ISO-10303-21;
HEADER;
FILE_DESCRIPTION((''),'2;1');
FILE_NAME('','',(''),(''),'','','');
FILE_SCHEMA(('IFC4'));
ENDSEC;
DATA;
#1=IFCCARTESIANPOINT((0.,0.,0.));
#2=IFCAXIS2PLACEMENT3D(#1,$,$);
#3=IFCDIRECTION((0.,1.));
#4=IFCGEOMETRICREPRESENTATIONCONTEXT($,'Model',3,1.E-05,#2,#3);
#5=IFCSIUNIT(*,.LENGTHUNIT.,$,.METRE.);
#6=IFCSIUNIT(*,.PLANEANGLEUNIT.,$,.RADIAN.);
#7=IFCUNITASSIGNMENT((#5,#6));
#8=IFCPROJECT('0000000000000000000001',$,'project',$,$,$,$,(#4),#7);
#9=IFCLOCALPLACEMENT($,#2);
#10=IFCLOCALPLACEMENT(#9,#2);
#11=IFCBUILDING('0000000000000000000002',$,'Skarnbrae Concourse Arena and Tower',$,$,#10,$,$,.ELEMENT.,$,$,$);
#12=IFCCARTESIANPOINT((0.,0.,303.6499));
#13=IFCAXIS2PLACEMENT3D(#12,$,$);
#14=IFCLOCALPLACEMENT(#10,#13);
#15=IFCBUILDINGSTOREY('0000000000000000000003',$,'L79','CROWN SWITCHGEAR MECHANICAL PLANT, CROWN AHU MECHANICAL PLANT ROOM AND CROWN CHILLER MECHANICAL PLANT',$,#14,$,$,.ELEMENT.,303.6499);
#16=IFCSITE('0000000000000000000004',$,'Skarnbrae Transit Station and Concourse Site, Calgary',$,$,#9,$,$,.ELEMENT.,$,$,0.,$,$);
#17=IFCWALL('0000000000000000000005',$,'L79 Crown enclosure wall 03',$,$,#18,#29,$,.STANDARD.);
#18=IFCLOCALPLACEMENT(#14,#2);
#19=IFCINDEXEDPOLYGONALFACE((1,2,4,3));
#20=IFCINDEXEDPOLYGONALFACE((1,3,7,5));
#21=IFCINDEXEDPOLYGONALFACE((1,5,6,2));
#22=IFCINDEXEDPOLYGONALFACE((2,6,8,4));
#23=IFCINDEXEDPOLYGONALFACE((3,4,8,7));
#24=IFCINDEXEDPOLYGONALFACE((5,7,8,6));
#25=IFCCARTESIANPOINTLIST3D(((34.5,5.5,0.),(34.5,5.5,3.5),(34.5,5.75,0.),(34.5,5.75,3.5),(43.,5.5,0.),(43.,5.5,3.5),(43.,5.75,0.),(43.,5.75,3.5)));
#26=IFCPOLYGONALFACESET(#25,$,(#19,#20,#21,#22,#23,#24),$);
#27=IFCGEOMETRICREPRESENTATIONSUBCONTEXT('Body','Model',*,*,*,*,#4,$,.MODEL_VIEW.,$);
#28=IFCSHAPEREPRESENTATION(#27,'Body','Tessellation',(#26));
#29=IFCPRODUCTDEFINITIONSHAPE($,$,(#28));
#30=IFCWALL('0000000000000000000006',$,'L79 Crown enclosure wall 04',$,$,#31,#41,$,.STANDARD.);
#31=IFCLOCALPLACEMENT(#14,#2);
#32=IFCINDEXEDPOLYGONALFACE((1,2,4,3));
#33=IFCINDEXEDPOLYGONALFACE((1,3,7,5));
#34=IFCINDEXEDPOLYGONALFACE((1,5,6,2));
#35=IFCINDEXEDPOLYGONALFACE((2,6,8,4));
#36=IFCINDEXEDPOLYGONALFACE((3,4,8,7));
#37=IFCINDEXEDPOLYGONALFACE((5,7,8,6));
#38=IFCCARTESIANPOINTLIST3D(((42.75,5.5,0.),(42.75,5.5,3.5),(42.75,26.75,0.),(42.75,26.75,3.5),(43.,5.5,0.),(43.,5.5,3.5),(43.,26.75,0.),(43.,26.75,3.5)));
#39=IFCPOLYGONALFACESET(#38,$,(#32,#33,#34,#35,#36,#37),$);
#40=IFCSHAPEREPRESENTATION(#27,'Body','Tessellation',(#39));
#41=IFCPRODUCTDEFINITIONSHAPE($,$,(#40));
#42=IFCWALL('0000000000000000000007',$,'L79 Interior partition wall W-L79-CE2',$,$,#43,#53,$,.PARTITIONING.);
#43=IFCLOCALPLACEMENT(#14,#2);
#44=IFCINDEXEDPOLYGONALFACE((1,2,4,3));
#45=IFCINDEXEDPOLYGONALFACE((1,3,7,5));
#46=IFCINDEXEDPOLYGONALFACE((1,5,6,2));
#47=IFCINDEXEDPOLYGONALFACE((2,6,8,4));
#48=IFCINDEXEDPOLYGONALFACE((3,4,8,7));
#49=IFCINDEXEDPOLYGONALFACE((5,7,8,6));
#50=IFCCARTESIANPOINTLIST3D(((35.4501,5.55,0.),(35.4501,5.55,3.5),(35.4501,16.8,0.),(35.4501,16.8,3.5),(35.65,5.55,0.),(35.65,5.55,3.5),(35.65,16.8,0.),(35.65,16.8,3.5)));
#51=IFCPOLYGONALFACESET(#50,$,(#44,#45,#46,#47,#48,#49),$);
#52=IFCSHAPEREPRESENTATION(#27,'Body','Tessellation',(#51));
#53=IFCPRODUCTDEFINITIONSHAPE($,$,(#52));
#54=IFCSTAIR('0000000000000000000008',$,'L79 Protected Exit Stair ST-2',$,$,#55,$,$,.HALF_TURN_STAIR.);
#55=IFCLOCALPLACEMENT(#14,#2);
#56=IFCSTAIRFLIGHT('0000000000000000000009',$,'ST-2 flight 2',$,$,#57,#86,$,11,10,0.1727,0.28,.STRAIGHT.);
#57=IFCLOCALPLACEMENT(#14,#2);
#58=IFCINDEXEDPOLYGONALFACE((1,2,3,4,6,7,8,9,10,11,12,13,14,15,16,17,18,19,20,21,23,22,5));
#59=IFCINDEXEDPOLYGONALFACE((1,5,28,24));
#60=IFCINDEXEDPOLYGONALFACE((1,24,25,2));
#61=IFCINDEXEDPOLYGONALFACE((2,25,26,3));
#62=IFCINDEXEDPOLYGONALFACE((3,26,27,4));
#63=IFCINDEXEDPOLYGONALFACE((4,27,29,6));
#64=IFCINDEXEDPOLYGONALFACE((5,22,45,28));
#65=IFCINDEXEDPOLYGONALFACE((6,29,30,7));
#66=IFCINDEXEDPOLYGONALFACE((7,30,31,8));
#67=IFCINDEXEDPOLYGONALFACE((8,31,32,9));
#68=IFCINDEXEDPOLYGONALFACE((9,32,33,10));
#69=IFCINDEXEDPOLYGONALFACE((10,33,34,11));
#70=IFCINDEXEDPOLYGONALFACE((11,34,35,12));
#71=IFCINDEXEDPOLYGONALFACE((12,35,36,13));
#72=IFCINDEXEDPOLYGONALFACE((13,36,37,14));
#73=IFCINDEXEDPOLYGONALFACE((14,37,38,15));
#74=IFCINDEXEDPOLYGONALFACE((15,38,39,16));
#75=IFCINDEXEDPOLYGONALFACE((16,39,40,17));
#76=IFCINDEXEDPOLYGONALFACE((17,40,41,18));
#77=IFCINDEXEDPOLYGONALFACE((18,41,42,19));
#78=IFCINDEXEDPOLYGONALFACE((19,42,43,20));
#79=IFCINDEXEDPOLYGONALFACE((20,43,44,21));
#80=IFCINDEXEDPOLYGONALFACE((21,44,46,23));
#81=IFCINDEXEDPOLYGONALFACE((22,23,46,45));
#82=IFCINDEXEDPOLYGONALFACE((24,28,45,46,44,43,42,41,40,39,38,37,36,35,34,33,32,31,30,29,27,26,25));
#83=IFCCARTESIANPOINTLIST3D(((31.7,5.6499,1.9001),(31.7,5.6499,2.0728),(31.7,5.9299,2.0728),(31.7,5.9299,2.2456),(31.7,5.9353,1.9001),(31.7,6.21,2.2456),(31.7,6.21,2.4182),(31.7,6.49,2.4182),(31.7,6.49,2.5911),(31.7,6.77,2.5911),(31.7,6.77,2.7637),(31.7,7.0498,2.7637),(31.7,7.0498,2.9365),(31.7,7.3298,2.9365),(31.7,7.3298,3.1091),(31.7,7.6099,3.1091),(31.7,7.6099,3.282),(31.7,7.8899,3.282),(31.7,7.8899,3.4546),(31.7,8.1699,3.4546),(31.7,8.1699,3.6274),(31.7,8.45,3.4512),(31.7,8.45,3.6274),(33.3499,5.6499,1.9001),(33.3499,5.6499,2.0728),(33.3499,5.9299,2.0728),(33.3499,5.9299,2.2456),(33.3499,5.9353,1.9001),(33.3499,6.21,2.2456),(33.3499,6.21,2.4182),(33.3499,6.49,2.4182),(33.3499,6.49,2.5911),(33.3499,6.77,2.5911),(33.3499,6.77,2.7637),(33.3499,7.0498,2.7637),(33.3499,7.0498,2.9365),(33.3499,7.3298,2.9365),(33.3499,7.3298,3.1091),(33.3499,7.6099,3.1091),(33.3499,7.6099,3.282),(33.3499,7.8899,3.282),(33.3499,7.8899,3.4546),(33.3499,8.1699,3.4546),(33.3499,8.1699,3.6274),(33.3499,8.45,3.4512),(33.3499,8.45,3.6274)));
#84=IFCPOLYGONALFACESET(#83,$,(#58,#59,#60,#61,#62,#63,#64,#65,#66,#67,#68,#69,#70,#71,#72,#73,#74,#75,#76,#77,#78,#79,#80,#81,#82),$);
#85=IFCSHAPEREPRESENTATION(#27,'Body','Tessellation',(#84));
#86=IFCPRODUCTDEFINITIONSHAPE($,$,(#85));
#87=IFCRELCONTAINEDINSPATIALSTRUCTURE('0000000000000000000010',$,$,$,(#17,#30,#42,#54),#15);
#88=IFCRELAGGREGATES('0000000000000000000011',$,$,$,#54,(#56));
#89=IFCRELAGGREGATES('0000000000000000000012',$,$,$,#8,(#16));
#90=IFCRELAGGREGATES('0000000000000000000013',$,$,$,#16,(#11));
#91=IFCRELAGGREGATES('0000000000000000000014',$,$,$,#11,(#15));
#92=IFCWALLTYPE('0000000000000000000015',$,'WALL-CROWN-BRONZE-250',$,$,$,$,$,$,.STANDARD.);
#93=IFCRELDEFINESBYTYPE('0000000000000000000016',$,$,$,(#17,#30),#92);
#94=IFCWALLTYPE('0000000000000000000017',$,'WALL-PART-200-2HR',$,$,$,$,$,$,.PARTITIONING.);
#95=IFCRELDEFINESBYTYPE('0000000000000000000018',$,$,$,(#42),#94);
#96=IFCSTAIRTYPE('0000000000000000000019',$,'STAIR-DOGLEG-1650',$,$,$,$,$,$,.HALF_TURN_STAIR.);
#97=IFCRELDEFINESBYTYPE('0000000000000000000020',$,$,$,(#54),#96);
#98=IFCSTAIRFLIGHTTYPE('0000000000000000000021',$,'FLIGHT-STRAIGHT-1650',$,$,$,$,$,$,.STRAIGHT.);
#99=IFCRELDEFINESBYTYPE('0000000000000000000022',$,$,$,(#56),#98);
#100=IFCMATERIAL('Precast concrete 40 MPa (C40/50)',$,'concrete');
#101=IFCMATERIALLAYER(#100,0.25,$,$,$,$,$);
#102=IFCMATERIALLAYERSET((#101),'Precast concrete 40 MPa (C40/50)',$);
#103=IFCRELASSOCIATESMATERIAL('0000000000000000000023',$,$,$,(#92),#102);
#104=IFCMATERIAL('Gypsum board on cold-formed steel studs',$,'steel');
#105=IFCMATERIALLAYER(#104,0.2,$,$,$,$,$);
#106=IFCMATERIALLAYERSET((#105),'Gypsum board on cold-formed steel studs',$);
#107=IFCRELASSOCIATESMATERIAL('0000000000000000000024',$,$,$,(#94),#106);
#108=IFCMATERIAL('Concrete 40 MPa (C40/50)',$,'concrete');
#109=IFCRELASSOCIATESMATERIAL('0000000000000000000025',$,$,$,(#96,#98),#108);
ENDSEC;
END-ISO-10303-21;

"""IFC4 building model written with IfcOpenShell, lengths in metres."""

from ifc_helpers import new_model, si_unit, direction, frame, frame_2d, origin, place, context, subcontext, project, spatial, polyline, rectangle, outline, extrude, source, transform, mapped, material, layer, layer_set, type_object, element, aggregate, save


model = new_model("IFC4")

# Units and contexts
model_context = context("Model", 3, precision=1e-05, world=origin(), true_north=direction((0.0, 1.0)))
body_context = subcontext(model_context, "Body", "Model", "MODEL_VIEW")
ifc_project = project(units=[si_unit("LENGTHUNIT", "METRE"), si_unit("PLANEANGLEUNIT", "RADIAN")], contexts=[model_context])

# Site, building, storey
site_placement = place(None, origin())
site = spatial("IfcSite", under=ifc_project, at=site_placement, Name="Skarnbrae Transit Station and Concourse Site, Calgary", CompositionType="ELEMENT", RefElevation=0.0)
building_placement = place(site_placement, origin())
building = spatial("IfcBuilding", under=site, at=building_placement, Name="Skarnbrae Concourse Arena and Tower", CompositionType="ELEMENT")
storey_placement = place(building_placement, frame((0.0, 0.0, 303.6499)))
storey = spatial("IfcBuildingStorey", under=building, at=storey_placement, Name="L79", Description="CROWN SWITCHGEAR MECHANICAL PLANT, CROWN AHU MECHANICAL PLANT ROOM AND CROWN CHILLER MECHANICAL PLANT", CompositionType="ELEMENT", Elevation=303.6499)

# Walls
ifc_material_1 = material(Name="Precast concrete 40 MPa (C40/50)", Category="concrete")
ifc_layer_1 = layer(ifc_material_1, 0.25)
ifc_layer_set_1 = layer_set([ifc_layer_1], Name="Precast concrete 40 MPa (C40/50)")
wall_type_1 = type_object("IfcWallType", Name="WALL-CROWN-BRONZE-250", PredefinedType="STANDARD", material=ifc_layer_set_1)
shared_shape_1 = source(origin(), body_context, "Body", "SweptSolid", [
    extrude(rectangle(XDim=8.5, YDim=0.25, at=frame_2d((4.25, 0.0))), origin(), (0.0, 0.0, 1.0), 3.5),
])
wall_1_placement = place(storey_placement, frame((34.5, 5.625, 0.0), z_axis=(0.0, 0.0, 1.0), x_axis=(1.0, 0.0, 0.0)))
element("IfcWall", 1, at=wall_1_placement, inside=storey, type_object=wall_type_1, Name="L79 Crown enclosure wall 03", PredefinedType="STANDARD", context=body_context, shape_type="MappedRepresentation", body=[
    mapped(shared_shape_1, transform((0.0, 0.0, 0.0))),
])
shared_shape_2 = source(origin(), body_context, "Body", "SweptSolid", [
    extrude(rectangle(XDim=21.25, YDim=0.25, at=frame_2d((10.625, 0.0))), origin(), (0.0, 0.0, 1.0), 3.5),
])
wall_2_placement = place(storey_placement, frame((42.875, 5.5, 0.0), z_axis=(0.0, 0.0, 1.0), x_axis=(0.0, 1.0, 0.0)))
element("IfcWall", 2, at=wall_2_placement, inside=storey, type_object=wall_type_1, Name="L79 Crown enclosure wall 04", PredefinedType="STANDARD", context=body_context, shape_type="MappedRepresentation", body=[
    mapped(shared_shape_2, transform((0.0, 0.0, 0.0))),
])
ifc_material_2 = material(Name="Gypsum board on cold-formed steel studs", Category="steel")
ifc_layer_2 = layer(ifc_material_2, 0.2)
ifc_layer_set_2 = layer_set([ifc_layer_2], Name="Gypsum board on cold-formed steel studs")
wall_type_2 = type_object("IfcWallType", Name="WALL-PART-200-2HR", PredefinedType="PARTITIONING", material=ifc_layer_set_2)
shared_shape_3 = source(origin(), body_context, "Body", "SweptSolid", [
    extrude(rectangle(XDim=11.25, YDim=0.2, at=frame_2d((5.625, 0.0))), origin(), (0.0, 0.0, 1.0), 3.5),
])
wall_3_placement = place(storey_placement, frame((35.55, 5.55, 0.0), z_axis=(0.0, 0.0, 1.0), x_axis=(0.0, 1.0, 0.0)))
element("IfcWall", 3, at=wall_3_placement, inside=storey, type_object=wall_type_2, Name="L79 Interior partition wall W-L79-CE2", PredefinedType="PARTITIONING", context=body_context, shape_type="MappedRepresentation", body=[
    mapped(shared_shape_3, transform((0.0, 0.0, 0.0))),
])

# Stair, stair flight
ifc_material_3 = material(Name="Concrete 40 MPa (C40/50)", Category="concrete")
stair_type = type_object("IfcStairType", Name="STAIR-DOGLEG-1650", PredefinedType="HALF_TURN_STAIR", material=ifc_material_3)
stair_placement = place(storey_placement, origin())
stair = element("IfcStair", 4, at=stair_placement, inside=storey, type_object=stair_type, Name="L79 Protected Exit Stair ST-2", PredefinedType="HALF_TURN_STAIR")
stair_flight_type = type_object("IfcStairFlightType", Name="FLIGHT-STRAIGHT-1650", PredefinedType="STRAIGHT", material=ifc_material_3)
shared_shape_4 = source(origin(), body_context, "Body", "SweptSolid", [
    extrude(outline(polyline([(0.0, 0.0), (0.0, 0.1726), (0.28, 0.1726), (0.28, 0.3455), (0.5601, 0.3455), (0.5601, 0.5181), (0.8401, 0.5181), (0.8401, 0.6909), (1.1201, 0.6909), (1.1201, 0.8635), (1.3999, 0.8635), (1.3999, 1.0364), (1.6799, 1.0364), (1.6799, 1.209), (1.96, 1.209), (1.96, 1.3818), (2.24, 1.3818), (2.24, 1.5544), (2.52, 1.5544), (2.52, 1.7273), (2.8, 1.7273), (2.8, 1.8999), (2.8, 1.551), (0.2854, 0.0), (0.0, 0.0)])), frame((0.0, 0.825, 0.0), z_axis=(0.0, -1.0, 0.0), x_axis=(1.0, 0.0, 0.0)), (0.0, 0.0, 1.0), 1.6499),
])
stair_flight_placement = place(storey_placement, frame((32.5249, 5.6499, 1.9001), z_axis=(0.0, 0.0, 1.0), x_axis=(0.0, 1.0, 0.0)))
stair_flight = element("IfcStairFlight", 5, at=stair_flight_placement, type_object=stair_flight_type, Name="ST-2 flight 2", NumberOfRisers=11, NumberOfTreads=10, PredefinedType="STRAIGHT", RiserHeight=0.1727, TreadLength=0.28, context=body_context, shape_type="MappedRepresentation", body=[
    mapped(shared_shape_4, transform((0.0, 0.0, 0.0))),
])
aggregate(stair, [stair_flight])

save(model, "model.ifc")
